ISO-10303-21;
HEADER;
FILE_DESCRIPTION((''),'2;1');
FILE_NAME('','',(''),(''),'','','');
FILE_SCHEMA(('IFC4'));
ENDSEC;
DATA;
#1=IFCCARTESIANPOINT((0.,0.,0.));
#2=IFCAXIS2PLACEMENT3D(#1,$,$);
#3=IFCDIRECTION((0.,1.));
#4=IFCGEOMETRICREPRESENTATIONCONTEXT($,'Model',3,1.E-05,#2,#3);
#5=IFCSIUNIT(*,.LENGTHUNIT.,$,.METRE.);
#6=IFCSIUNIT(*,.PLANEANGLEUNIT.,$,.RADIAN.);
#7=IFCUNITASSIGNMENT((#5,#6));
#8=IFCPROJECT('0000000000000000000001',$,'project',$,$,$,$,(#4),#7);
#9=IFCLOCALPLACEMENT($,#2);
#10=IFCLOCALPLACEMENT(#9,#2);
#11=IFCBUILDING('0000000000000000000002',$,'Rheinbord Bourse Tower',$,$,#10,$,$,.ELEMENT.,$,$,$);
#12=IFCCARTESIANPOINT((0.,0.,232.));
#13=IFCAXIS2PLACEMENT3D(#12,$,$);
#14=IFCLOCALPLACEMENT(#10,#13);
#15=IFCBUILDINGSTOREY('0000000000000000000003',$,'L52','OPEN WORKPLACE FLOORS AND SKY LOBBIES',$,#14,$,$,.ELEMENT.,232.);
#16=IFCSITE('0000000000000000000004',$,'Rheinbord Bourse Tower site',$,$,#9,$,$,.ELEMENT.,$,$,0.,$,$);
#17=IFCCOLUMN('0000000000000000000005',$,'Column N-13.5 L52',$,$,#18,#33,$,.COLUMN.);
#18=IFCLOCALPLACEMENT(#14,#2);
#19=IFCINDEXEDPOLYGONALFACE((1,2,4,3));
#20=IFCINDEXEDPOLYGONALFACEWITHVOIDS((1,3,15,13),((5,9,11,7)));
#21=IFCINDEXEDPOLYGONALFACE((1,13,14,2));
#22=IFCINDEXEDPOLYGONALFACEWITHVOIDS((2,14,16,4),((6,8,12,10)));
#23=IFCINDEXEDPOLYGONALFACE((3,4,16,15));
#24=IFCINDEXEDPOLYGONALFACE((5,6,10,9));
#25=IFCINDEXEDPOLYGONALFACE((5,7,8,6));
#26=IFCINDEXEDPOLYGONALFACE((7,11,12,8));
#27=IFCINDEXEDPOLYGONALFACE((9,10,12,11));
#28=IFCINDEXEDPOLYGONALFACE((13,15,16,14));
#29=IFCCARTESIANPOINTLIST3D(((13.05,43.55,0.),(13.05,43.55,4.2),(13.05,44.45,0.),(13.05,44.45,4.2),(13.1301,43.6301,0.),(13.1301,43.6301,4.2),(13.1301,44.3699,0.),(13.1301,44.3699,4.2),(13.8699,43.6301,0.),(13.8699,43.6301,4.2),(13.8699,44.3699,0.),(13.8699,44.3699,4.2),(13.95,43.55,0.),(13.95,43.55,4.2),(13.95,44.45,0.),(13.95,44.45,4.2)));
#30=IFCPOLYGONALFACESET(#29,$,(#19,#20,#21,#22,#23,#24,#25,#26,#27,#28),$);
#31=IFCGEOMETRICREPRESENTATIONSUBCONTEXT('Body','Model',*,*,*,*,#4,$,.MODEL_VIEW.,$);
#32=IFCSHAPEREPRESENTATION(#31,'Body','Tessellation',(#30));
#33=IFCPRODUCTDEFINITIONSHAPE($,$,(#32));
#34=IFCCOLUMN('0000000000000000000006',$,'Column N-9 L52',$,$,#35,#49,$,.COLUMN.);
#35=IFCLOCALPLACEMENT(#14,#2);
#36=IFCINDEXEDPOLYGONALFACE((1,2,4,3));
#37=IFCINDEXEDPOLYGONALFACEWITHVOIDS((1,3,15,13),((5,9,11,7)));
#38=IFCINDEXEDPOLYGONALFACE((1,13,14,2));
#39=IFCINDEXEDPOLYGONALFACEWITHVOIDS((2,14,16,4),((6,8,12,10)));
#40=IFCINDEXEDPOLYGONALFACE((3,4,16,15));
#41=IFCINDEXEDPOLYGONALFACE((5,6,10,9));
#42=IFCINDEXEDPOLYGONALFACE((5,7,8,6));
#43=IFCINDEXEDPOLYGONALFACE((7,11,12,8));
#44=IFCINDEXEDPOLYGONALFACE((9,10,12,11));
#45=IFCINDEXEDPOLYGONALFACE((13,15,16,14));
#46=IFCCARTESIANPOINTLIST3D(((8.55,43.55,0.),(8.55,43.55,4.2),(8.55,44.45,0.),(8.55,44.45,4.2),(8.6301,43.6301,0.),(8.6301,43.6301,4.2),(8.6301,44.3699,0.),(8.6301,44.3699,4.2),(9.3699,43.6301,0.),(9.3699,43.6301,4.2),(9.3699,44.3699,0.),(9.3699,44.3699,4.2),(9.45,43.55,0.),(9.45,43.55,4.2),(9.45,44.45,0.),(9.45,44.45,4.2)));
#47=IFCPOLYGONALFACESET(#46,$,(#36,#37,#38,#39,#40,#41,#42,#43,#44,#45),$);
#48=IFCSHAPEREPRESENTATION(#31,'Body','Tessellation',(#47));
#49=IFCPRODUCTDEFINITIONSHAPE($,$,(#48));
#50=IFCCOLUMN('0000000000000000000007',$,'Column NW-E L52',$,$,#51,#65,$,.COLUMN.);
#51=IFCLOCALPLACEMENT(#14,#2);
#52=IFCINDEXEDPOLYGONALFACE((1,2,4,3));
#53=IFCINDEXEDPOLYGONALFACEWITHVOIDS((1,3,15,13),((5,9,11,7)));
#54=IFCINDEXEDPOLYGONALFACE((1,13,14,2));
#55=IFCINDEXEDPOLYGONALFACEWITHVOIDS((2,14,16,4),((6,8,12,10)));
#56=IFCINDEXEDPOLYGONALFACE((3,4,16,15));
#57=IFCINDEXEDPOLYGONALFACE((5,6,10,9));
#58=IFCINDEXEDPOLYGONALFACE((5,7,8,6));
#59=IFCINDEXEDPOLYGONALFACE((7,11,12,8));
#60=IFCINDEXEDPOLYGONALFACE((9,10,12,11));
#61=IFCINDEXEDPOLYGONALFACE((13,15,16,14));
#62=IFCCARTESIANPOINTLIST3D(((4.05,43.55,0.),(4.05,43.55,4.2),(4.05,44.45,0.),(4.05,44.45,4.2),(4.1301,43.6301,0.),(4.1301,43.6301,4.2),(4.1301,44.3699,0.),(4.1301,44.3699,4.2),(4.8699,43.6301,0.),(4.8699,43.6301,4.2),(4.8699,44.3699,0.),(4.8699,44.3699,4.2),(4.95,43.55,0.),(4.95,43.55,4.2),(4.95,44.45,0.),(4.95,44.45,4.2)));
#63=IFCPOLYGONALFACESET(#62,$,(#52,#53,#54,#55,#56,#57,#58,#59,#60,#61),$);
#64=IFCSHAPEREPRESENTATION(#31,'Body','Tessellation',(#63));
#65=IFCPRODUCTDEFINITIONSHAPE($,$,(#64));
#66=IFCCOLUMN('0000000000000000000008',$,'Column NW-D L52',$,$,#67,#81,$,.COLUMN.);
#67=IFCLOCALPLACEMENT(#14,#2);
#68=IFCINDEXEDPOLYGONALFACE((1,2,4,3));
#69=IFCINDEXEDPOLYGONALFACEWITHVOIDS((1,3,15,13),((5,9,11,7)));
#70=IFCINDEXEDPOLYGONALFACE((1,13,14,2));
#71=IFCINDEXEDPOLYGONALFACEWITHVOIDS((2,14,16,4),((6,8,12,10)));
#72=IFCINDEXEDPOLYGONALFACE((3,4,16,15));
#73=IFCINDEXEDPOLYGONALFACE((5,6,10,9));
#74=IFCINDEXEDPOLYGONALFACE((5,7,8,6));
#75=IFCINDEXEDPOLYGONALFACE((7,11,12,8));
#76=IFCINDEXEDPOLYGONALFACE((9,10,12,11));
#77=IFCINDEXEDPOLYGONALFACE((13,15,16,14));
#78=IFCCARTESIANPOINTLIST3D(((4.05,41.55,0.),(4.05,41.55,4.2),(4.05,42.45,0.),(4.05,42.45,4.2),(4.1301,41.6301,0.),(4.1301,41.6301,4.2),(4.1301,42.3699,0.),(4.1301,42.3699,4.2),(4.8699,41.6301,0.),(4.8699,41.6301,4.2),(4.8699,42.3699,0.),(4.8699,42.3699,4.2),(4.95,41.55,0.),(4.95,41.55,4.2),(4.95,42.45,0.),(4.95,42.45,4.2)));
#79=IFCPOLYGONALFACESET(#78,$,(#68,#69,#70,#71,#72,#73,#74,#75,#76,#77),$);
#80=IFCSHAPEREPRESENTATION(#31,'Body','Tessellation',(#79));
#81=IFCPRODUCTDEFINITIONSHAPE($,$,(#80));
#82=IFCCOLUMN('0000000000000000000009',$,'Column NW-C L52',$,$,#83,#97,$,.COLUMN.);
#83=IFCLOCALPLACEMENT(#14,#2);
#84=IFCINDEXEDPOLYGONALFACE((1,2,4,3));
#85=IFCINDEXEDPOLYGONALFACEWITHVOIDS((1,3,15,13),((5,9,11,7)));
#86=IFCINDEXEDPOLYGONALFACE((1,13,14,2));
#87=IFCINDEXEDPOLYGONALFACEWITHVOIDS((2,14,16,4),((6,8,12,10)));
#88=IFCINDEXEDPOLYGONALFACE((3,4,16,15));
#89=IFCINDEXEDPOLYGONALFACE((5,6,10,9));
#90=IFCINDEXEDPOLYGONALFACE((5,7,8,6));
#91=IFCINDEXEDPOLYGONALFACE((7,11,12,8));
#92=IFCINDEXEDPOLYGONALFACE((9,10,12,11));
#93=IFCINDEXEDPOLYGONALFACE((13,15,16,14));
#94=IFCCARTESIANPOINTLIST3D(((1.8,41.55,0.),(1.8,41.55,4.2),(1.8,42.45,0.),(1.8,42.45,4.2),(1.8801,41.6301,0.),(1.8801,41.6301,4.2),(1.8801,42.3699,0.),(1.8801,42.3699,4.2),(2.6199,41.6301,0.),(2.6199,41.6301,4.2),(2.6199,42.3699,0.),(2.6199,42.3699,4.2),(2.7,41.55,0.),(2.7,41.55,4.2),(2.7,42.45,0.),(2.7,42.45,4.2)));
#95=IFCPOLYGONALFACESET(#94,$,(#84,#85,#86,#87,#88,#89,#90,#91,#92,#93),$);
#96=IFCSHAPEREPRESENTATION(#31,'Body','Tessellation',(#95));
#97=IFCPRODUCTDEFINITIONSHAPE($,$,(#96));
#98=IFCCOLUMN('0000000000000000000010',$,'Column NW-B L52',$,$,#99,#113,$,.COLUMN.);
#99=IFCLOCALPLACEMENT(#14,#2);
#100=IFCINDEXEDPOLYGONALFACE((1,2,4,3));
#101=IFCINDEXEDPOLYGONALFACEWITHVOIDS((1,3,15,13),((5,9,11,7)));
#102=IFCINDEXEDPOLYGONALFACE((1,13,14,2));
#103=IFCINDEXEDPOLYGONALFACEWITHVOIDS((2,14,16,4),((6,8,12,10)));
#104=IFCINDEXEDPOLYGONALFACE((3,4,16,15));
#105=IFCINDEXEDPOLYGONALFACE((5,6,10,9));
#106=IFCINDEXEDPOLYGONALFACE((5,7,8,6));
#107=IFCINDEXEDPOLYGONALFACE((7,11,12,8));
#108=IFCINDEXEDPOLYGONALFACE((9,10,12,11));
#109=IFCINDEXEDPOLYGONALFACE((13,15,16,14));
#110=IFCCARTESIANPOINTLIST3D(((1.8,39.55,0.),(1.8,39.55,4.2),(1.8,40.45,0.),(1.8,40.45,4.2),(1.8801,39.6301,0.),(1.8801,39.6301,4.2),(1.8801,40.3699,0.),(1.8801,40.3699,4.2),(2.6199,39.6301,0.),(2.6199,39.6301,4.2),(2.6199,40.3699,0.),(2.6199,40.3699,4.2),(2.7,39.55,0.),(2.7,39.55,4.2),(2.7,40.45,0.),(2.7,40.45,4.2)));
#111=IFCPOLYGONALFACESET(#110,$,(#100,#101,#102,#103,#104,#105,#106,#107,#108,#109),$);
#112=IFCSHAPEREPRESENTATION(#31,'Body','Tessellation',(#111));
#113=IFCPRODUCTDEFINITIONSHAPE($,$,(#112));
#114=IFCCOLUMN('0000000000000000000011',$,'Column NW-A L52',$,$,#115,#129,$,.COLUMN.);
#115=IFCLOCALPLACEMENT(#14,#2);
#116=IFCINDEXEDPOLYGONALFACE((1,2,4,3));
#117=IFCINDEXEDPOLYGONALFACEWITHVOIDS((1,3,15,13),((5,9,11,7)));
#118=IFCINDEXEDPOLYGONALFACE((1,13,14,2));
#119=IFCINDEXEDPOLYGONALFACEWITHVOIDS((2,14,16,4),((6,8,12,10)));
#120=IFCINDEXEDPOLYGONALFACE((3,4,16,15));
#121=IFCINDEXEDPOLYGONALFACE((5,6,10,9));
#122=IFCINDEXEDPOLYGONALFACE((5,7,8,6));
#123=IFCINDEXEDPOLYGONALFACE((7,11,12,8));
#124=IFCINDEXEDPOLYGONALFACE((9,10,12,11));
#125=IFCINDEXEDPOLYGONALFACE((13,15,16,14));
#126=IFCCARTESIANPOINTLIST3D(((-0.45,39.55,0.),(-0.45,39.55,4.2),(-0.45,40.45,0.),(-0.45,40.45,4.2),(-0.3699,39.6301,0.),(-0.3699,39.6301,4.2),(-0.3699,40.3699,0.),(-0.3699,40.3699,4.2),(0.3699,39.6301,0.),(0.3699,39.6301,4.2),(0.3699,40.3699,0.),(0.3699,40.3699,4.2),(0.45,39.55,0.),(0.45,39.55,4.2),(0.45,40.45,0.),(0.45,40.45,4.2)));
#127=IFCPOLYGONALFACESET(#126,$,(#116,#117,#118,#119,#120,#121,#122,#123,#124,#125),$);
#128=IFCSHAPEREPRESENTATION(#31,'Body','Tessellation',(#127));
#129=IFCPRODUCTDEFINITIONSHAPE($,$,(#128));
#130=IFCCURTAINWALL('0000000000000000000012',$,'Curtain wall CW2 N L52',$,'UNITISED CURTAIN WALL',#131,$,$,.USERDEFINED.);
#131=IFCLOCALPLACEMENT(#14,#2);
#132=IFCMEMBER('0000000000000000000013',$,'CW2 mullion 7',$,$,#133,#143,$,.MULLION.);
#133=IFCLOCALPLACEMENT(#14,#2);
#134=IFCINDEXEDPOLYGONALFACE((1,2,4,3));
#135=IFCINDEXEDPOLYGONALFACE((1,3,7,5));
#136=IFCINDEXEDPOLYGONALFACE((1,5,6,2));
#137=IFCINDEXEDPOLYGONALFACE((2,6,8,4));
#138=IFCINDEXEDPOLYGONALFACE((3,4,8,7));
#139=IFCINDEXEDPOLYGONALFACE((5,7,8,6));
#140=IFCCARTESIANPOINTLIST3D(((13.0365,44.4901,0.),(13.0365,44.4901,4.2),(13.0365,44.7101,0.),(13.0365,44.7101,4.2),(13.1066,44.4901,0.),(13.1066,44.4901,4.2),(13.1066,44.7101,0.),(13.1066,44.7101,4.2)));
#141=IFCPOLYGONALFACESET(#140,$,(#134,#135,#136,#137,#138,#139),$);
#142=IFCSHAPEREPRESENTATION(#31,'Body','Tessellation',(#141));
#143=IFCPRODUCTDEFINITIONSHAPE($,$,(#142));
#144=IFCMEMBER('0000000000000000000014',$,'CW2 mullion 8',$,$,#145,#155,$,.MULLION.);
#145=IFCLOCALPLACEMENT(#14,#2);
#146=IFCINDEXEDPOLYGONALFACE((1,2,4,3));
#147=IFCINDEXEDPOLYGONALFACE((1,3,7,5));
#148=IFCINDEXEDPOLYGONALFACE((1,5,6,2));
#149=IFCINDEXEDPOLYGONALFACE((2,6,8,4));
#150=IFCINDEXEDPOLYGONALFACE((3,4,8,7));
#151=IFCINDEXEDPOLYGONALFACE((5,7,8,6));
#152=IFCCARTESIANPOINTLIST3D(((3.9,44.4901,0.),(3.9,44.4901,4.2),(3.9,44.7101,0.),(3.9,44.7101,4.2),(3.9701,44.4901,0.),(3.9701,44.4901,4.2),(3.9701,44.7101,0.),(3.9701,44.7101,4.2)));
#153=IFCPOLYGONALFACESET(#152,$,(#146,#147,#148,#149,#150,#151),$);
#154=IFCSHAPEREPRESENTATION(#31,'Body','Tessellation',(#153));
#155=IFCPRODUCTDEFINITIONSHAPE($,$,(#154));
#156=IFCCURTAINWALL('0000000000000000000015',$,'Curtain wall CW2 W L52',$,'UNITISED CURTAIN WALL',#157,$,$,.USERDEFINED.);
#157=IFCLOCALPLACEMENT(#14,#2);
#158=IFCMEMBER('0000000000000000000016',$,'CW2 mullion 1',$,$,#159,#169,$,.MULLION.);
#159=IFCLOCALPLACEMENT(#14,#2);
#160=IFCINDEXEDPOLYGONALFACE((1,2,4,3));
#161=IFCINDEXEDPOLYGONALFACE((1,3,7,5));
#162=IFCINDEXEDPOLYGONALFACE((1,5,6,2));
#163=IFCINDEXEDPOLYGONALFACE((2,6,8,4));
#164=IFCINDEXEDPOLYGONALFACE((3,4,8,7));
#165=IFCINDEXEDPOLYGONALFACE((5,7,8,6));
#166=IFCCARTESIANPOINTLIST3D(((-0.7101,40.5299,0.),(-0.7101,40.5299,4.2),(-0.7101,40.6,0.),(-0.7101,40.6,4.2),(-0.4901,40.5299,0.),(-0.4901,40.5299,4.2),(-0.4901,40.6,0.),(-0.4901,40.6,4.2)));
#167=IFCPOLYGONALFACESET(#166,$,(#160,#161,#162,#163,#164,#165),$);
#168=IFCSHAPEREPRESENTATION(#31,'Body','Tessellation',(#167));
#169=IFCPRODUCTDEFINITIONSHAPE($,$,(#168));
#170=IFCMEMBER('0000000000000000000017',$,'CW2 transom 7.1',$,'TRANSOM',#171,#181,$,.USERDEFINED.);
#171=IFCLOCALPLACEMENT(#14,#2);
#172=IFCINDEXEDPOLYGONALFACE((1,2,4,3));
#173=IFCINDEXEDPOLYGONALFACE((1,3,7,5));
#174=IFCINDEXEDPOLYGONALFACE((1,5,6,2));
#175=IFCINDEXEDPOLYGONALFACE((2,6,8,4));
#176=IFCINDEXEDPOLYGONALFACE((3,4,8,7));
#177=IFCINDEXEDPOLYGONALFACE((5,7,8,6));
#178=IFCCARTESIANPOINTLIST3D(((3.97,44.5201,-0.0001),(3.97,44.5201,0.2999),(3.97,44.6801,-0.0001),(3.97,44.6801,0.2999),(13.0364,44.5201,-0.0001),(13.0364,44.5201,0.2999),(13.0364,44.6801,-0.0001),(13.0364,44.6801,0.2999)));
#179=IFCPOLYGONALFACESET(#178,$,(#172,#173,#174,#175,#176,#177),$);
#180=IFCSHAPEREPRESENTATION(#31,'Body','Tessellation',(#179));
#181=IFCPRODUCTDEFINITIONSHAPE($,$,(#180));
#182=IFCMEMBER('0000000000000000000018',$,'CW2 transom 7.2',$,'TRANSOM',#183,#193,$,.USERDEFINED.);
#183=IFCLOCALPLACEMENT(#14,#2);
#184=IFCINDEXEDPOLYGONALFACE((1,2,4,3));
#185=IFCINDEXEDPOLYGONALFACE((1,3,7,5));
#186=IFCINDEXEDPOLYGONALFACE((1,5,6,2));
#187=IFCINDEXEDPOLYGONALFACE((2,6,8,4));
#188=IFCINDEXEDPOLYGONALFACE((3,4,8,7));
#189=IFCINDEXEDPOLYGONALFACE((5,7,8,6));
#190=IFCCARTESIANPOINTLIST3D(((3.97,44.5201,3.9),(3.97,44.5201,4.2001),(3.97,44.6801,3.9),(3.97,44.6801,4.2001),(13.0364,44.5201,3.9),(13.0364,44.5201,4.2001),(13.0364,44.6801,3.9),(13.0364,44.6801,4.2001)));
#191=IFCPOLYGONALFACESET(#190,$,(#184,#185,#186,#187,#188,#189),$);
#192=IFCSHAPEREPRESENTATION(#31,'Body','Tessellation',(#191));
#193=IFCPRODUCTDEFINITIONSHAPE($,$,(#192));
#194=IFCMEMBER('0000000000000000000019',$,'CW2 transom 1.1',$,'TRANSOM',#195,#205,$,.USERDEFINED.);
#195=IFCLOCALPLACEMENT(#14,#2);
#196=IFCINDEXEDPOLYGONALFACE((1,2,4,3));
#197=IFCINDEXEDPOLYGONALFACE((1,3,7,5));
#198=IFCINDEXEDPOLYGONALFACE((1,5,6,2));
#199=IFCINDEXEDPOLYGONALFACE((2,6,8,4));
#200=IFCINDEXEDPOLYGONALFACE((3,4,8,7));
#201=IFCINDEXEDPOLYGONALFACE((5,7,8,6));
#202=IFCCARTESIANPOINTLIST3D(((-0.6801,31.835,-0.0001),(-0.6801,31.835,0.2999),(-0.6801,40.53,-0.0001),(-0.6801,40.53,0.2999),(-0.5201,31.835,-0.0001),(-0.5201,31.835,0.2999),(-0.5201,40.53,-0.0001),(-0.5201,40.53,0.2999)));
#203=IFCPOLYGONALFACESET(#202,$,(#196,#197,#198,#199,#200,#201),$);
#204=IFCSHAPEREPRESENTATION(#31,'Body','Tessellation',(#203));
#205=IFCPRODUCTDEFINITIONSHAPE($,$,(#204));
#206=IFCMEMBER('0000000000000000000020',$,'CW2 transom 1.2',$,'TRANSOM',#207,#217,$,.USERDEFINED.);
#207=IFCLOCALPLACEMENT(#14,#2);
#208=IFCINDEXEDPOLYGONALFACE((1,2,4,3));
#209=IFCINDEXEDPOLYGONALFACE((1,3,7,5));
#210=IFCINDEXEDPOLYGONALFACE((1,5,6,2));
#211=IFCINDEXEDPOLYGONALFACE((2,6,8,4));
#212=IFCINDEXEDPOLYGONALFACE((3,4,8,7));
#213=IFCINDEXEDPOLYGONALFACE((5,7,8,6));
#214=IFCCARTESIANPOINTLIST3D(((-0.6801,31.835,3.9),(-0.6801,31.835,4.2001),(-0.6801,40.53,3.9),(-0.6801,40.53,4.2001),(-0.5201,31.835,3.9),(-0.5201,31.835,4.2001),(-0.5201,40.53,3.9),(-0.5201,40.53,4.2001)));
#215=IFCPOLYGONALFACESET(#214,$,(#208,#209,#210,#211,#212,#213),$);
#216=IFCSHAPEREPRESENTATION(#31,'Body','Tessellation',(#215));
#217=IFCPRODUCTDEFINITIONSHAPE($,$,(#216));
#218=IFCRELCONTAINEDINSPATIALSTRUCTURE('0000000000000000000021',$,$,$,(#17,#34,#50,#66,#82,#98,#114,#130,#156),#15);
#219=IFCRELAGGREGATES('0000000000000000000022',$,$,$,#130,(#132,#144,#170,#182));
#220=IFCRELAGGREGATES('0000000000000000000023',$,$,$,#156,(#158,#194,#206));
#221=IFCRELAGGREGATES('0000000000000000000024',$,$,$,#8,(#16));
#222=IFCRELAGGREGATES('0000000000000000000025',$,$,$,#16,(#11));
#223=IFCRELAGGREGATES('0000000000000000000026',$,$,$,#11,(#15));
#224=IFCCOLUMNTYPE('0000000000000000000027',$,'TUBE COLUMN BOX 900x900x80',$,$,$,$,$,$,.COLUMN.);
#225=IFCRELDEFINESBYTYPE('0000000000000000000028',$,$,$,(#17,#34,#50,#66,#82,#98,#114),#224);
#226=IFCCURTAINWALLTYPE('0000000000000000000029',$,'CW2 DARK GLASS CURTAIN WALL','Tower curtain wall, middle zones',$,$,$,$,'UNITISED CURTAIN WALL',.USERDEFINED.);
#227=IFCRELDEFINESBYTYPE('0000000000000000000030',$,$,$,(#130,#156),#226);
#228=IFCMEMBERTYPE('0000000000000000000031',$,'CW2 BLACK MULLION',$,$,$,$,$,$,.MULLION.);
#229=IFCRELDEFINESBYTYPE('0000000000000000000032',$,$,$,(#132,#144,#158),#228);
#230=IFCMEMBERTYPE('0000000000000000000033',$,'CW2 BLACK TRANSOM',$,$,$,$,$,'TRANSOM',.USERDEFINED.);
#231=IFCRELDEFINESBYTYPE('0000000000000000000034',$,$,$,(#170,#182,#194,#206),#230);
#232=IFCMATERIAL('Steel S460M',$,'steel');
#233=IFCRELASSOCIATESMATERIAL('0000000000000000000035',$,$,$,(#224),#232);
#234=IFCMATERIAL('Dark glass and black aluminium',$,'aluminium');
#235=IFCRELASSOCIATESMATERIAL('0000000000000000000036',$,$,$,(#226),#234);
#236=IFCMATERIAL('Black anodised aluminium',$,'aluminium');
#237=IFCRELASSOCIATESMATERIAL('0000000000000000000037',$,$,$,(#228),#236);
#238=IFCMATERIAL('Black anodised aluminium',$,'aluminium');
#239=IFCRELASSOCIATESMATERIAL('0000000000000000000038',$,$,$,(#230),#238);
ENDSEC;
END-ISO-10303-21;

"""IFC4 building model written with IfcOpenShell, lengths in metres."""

from ifc_helpers import new_model, si_unit, direction, frame, origin, origin_2d, place, context, subcontext, project, spatial, rectangle, hollow_rectangle, extrude, material, material_profile, profile_set, type_object, element, aggregate, save


model = new_model("IFC4")

# Units and contexts
model_context = context("Model", 3, precision=1e-05, world=origin(), true_north=direction((0.0, 1.0)))
body_context = subcontext(model_context, "Body", "Model", "MODEL_VIEW")
ifc_project = project(units=[si_unit("LENGTHUNIT", "METRE"), si_unit("PLANEANGLEUNIT", "RADIAN")], contexts=[model_context])

# Site, building, storey
site_placement = place(None, origin())
site = spatial("IfcSite", under=ifc_project, at=site_placement, Name="Rheinbord Bourse Tower site", CompositionType="ELEMENT", RefElevation=0.0)
building_placement = place(site_placement, origin())
building = spatial("IfcBuilding", under=site, at=building_placement, Name="Rheinbord Bourse Tower", CompositionType="ELEMENT")
storey_placement = place(building_placement, frame((0.0, 0.0, 232.0)))
storey = spatial("IfcBuildingStorey", under=building, at=storey_placement, Name="L52", Description="OPEN WORKPLACE FLOORS AND SKY LOBBIES", CompositionType="ELEMENT", Elevation=232.0)

# Columns
ifc_material_1 = material(Name="Steel S460M", Category="steel")
ifc_material_profile_1 = material_profile(ifc_material_1, hollow_rectangle(XDim=0.8999, YDim=0.8999, WallThickness=0.0801, at=origin_2d()), Name="BOX 900x900x80")
ifc_profile_set_1 = profile_set([ifc_material_profile_1], Name="Steel S460M")
column_type = type_object("IfcColumnType", Name="TUBE COLUMN BOX 900x900x80", PredefinedType="COLUMN", material=ifc_profile_set_1)
for number, where, z_axis, x_axis, name in (
    (1, (13.5, 44.0, 0.0), (0.0, 0.0, 1.0), (0.0, 1.0, 0.0), "Column N-13.5 L52"),
    (2, (9.0, 44.0, 0.0), (0.0, 0.0, 1.0), (0.0, 1.0, 0.0), "Column N-9 L52"),
    (3, (4.5, 44.0, 0.0), (0.0, 0.0, 1.0), (0.0, 1.0, 0.0), "Column NW-E L52"),
    (4, (4.5, 42.0, 0.0), (0.0, 0.0, 1.0), (0.0, 1.0, 0.0), "Column NW-D L52"),
    (5, (2.25, 42.0, 0.0), (0.0, 0.0, 1.0), (1.0, 0.0, 0.0), "Column NW-C L52"),
    (6, (2.25, 40.0, 0.0), (0.0, 0.0, 1.0), (1.0, 0.0, 0.0), "Column NW-B L52"),
    (7, (0.0, 40.0, 0.0), (0.0, 0.0, 1.0), (1.0, 0.0, 0.0), "Column NW-A L52"),
):
    element("IfcColumn", number, at=place(storey_placement, frame(where, z_axis=z_axis, x_axis=x_axis)), inside=storey, type_object=column_type, Name=name, PredefinedType="COLUMN", context=body_context, shape_type="SweptSolid", body=[
        extrude(hollow_rectangle(XDim=0.8999, YDim=0.8999, WallThickness=0.0801, at=origin_2d()), origin(), (0.0, 0.0, 1.0), 4.2),
    ])

# Curtain wall, members
ifc_material_2 = material(Name="Dark glass and black aluminium", Category="aluminium")
curtain_wall_type = type_object("IfcCurtainWallType", Name="CW2 DARK GLASS CURTAIN WALL", Description="Tower curtain wall, middle zones", ElementType="UNITISED CURTAIN WALL", PredefinedType="USERDEFINED", material=ifc_material_2)
curtain_wall_1_placement = place(storey_placement, origin())
curtain_wall_1 = element("IfcCurtainWall", 8, at=curtain_wall_1_placement, inside=storey, type_object=curtain_wall_type, Name="Curtain wall CW2 N L52", ObjectType="UNITISED CURTAIN WALL", PredefinedType="USERDEFINED")
ifc_material_3 = material(Name="Black anodised aluminium", Category="aluminium")
ifc_material_profile_2 = material_profile(ifc_material_3, rectangle(XDim=0.22, YDim=0.0701, at=origin_2d()), Name="CW2 MULLION 70x220")
ifc_profile_set_2 = profile_set([ifc_material_profile_2], Name="Black anodised aluminium")
member_type_1 = type_object("IfcMemberType", Name="CW2 BLACK MULLION", PredefinedType="MULLION", material=ifc_profile_set_2)
member_1_placement = place(storey_placement, frame((13.0715, 44.6001, 0.0), z_axis=(0.0, 0.0, 1.0), x_axis=(0.0, -1.0, 0.0)))
member_1 = element("IfcMember", 9, at=member_1_placement, type_object=member_type_1, Name="CW2 mullion 7", PredefinedType="MULLION", context=body_context, shape_type="SweptSolid", body=[
    extrude(rectangle(XDim=0.22, YDim=0.0701, at=origin_2d()), origin(), (0.0, 0.0, 1.0), 4.2),
])
member_2_placement = place(storey_placement, frame((3.9351, 44.6001, 0.0), z_axis=(0.0, 0.0, 1.0), x_axis=(0.0, -1.0, 0.0)))
member_2 = element("IfcMember", 10, at=member_2_placement, type_object=member_type_1, Name="CW2 mullion 8", PredefinedType="MULLION", context=body_context, shape_type="SweptSolid", body=[
    extrude(rectangle(XDim=0.22, YDim=0.0701, at=origin_2d()), origin(), (0.0, 0.0, 1.0), 4.2),
])

# Curtain wall, member
curtain_wall_2_placement = place(storey_placement, origin())
curtain_wall_2 = element("IfcCurtainWall", 11, at=curtain_wall_2_placement, inside=storey, type_object=curtain_wall_type, Name="Curtain wall CW2 W L52", ObjectType="UNITISED CURTAIN WALL", PredefinedType="USERDEFINED")
member_3_placement = place(storey_placement, frame((-0.6001, 40.5649, 0.0), z_axis=(0.0, 0.0, 1.0), x_axis=(1.0, 0.0, 0.0)))
member_3 = element("IfcMember", 12, at=member_3_placement, type_object=member_type_1, Name="CW2 mullion 1", PredefinedType="MULLION", context=body_context, shape_type="SweptSolid", body=[
    extrude(rectangle(XDim=0.22, YDim=0.0701, at=origin_2d()), origin(), (0.0, 0.0, 1.0), 4.2),
])

# Members
ifc_material_4 = material(Name="Black anodised aluminium", Category="aluminium")
ifc_material_profile_3 = material_profile(ifc_material_4, rectangle(XDim=0.1599, YDim=0.3, at=origin_2d()), Name="CW2 TRANSOM 300x160")
ifc_profile_set_3 = profile_set([ifc_material_profile_3], Name="Black anodised aluminium")
member_type_2 = type_object("IfcMemberType", Name="CW2 BLACK TRANSOM", ElementType="TRANSOM", PredefinedType="USERDEFINED", material=ifc_profile_set_3)
member_4_placement = place(storey_placement, frame((13.0364, 44.6001, 0.1499), z_axis=(-1.0, 0.0, 0.0), x_axis=(0.0, -1.0, 0.0)))
member_4 = element("IfcMember", 13, at=member_4_placement, type_object=member_type_2, Name="CW2 transom 7.1", ObjectType="TRANSOM", PredefinedType="USERDEFINED", context=body_context, shape_type="SweptSolid", body=[
    extrude(rectangle(XDim=0.1599, YDim=0.3, at=origin_2d()), origin(), (0.0, 0.0, 1.0), 9.0664),
])
member_5_placement = place(storey_placement, frame((13.0364, 44.6001, 4.05), z_axis=(-1.0, 0.0, 0.0), x_axis=(0.0, -1.0, 0.0)))
member_5 = element("IfcMember", 14, at=member_5_placement, type_object=member_type_2, Name="CW2 transom 7.2", ObjectType="TRANSOM", PredefinedType="USERDEFINED", context=body_context, shape_type="SweptSolid", body=[
    extrude(rectangle(XDim=0.1599, YDim=0.3, at=origin_2d()), origin(), (0.0, 0.0, 1.0), 9.0664),
])
member_6_placement = place(storey_placement, frame((-0.6001, 40.53, 0.1499), z_axis=(0.0, -1.0, 0.0), x_axis=(1.0, 0.0, 0.0)))
member_6 = element("IfcMember", 15, at=member_6_placement, type_object=member_type_2, Name="CW2 transom 1.1", ObjectType="TRANSOM", PredefinedType="USERDEFINED", context=body_context, shape_type="SweptSolid", body=[
    extrude(rectangle(XDim=0.1599, YDim=0.3, at=origin_2d()), origin(), (0.0, 0.0, 1.0), 8.6951),
])
member_7_placement = place(storey_placement, frame((-0.6001, 40.53, 4.05), z_axis=(0.0, -1.0, 0.0), x_axis=(1.0, 0.0, 0.0)))
member_7 = element("IfcMember", 16, at=member_7_placement, type_object=member_type_2, Name="CW2 transom 1.2", ObjectType="TRANSOM", PredefinedType="USERDEFINED", context=body_context, shape_type="SweptSolid", body=[
    extrude(rectangle(XDim=0.1599, YDim=0.3, at=origin_2d()), origin(), (0.0, 0.0, 1.0), 8.6951),
])

aggregate(curtain_wall_1, [member_1, member_2, member_4, member_5])
aggregate(curtain_wall_2, [member_3, member_6, member_7])

save(model, "model.ifc")
